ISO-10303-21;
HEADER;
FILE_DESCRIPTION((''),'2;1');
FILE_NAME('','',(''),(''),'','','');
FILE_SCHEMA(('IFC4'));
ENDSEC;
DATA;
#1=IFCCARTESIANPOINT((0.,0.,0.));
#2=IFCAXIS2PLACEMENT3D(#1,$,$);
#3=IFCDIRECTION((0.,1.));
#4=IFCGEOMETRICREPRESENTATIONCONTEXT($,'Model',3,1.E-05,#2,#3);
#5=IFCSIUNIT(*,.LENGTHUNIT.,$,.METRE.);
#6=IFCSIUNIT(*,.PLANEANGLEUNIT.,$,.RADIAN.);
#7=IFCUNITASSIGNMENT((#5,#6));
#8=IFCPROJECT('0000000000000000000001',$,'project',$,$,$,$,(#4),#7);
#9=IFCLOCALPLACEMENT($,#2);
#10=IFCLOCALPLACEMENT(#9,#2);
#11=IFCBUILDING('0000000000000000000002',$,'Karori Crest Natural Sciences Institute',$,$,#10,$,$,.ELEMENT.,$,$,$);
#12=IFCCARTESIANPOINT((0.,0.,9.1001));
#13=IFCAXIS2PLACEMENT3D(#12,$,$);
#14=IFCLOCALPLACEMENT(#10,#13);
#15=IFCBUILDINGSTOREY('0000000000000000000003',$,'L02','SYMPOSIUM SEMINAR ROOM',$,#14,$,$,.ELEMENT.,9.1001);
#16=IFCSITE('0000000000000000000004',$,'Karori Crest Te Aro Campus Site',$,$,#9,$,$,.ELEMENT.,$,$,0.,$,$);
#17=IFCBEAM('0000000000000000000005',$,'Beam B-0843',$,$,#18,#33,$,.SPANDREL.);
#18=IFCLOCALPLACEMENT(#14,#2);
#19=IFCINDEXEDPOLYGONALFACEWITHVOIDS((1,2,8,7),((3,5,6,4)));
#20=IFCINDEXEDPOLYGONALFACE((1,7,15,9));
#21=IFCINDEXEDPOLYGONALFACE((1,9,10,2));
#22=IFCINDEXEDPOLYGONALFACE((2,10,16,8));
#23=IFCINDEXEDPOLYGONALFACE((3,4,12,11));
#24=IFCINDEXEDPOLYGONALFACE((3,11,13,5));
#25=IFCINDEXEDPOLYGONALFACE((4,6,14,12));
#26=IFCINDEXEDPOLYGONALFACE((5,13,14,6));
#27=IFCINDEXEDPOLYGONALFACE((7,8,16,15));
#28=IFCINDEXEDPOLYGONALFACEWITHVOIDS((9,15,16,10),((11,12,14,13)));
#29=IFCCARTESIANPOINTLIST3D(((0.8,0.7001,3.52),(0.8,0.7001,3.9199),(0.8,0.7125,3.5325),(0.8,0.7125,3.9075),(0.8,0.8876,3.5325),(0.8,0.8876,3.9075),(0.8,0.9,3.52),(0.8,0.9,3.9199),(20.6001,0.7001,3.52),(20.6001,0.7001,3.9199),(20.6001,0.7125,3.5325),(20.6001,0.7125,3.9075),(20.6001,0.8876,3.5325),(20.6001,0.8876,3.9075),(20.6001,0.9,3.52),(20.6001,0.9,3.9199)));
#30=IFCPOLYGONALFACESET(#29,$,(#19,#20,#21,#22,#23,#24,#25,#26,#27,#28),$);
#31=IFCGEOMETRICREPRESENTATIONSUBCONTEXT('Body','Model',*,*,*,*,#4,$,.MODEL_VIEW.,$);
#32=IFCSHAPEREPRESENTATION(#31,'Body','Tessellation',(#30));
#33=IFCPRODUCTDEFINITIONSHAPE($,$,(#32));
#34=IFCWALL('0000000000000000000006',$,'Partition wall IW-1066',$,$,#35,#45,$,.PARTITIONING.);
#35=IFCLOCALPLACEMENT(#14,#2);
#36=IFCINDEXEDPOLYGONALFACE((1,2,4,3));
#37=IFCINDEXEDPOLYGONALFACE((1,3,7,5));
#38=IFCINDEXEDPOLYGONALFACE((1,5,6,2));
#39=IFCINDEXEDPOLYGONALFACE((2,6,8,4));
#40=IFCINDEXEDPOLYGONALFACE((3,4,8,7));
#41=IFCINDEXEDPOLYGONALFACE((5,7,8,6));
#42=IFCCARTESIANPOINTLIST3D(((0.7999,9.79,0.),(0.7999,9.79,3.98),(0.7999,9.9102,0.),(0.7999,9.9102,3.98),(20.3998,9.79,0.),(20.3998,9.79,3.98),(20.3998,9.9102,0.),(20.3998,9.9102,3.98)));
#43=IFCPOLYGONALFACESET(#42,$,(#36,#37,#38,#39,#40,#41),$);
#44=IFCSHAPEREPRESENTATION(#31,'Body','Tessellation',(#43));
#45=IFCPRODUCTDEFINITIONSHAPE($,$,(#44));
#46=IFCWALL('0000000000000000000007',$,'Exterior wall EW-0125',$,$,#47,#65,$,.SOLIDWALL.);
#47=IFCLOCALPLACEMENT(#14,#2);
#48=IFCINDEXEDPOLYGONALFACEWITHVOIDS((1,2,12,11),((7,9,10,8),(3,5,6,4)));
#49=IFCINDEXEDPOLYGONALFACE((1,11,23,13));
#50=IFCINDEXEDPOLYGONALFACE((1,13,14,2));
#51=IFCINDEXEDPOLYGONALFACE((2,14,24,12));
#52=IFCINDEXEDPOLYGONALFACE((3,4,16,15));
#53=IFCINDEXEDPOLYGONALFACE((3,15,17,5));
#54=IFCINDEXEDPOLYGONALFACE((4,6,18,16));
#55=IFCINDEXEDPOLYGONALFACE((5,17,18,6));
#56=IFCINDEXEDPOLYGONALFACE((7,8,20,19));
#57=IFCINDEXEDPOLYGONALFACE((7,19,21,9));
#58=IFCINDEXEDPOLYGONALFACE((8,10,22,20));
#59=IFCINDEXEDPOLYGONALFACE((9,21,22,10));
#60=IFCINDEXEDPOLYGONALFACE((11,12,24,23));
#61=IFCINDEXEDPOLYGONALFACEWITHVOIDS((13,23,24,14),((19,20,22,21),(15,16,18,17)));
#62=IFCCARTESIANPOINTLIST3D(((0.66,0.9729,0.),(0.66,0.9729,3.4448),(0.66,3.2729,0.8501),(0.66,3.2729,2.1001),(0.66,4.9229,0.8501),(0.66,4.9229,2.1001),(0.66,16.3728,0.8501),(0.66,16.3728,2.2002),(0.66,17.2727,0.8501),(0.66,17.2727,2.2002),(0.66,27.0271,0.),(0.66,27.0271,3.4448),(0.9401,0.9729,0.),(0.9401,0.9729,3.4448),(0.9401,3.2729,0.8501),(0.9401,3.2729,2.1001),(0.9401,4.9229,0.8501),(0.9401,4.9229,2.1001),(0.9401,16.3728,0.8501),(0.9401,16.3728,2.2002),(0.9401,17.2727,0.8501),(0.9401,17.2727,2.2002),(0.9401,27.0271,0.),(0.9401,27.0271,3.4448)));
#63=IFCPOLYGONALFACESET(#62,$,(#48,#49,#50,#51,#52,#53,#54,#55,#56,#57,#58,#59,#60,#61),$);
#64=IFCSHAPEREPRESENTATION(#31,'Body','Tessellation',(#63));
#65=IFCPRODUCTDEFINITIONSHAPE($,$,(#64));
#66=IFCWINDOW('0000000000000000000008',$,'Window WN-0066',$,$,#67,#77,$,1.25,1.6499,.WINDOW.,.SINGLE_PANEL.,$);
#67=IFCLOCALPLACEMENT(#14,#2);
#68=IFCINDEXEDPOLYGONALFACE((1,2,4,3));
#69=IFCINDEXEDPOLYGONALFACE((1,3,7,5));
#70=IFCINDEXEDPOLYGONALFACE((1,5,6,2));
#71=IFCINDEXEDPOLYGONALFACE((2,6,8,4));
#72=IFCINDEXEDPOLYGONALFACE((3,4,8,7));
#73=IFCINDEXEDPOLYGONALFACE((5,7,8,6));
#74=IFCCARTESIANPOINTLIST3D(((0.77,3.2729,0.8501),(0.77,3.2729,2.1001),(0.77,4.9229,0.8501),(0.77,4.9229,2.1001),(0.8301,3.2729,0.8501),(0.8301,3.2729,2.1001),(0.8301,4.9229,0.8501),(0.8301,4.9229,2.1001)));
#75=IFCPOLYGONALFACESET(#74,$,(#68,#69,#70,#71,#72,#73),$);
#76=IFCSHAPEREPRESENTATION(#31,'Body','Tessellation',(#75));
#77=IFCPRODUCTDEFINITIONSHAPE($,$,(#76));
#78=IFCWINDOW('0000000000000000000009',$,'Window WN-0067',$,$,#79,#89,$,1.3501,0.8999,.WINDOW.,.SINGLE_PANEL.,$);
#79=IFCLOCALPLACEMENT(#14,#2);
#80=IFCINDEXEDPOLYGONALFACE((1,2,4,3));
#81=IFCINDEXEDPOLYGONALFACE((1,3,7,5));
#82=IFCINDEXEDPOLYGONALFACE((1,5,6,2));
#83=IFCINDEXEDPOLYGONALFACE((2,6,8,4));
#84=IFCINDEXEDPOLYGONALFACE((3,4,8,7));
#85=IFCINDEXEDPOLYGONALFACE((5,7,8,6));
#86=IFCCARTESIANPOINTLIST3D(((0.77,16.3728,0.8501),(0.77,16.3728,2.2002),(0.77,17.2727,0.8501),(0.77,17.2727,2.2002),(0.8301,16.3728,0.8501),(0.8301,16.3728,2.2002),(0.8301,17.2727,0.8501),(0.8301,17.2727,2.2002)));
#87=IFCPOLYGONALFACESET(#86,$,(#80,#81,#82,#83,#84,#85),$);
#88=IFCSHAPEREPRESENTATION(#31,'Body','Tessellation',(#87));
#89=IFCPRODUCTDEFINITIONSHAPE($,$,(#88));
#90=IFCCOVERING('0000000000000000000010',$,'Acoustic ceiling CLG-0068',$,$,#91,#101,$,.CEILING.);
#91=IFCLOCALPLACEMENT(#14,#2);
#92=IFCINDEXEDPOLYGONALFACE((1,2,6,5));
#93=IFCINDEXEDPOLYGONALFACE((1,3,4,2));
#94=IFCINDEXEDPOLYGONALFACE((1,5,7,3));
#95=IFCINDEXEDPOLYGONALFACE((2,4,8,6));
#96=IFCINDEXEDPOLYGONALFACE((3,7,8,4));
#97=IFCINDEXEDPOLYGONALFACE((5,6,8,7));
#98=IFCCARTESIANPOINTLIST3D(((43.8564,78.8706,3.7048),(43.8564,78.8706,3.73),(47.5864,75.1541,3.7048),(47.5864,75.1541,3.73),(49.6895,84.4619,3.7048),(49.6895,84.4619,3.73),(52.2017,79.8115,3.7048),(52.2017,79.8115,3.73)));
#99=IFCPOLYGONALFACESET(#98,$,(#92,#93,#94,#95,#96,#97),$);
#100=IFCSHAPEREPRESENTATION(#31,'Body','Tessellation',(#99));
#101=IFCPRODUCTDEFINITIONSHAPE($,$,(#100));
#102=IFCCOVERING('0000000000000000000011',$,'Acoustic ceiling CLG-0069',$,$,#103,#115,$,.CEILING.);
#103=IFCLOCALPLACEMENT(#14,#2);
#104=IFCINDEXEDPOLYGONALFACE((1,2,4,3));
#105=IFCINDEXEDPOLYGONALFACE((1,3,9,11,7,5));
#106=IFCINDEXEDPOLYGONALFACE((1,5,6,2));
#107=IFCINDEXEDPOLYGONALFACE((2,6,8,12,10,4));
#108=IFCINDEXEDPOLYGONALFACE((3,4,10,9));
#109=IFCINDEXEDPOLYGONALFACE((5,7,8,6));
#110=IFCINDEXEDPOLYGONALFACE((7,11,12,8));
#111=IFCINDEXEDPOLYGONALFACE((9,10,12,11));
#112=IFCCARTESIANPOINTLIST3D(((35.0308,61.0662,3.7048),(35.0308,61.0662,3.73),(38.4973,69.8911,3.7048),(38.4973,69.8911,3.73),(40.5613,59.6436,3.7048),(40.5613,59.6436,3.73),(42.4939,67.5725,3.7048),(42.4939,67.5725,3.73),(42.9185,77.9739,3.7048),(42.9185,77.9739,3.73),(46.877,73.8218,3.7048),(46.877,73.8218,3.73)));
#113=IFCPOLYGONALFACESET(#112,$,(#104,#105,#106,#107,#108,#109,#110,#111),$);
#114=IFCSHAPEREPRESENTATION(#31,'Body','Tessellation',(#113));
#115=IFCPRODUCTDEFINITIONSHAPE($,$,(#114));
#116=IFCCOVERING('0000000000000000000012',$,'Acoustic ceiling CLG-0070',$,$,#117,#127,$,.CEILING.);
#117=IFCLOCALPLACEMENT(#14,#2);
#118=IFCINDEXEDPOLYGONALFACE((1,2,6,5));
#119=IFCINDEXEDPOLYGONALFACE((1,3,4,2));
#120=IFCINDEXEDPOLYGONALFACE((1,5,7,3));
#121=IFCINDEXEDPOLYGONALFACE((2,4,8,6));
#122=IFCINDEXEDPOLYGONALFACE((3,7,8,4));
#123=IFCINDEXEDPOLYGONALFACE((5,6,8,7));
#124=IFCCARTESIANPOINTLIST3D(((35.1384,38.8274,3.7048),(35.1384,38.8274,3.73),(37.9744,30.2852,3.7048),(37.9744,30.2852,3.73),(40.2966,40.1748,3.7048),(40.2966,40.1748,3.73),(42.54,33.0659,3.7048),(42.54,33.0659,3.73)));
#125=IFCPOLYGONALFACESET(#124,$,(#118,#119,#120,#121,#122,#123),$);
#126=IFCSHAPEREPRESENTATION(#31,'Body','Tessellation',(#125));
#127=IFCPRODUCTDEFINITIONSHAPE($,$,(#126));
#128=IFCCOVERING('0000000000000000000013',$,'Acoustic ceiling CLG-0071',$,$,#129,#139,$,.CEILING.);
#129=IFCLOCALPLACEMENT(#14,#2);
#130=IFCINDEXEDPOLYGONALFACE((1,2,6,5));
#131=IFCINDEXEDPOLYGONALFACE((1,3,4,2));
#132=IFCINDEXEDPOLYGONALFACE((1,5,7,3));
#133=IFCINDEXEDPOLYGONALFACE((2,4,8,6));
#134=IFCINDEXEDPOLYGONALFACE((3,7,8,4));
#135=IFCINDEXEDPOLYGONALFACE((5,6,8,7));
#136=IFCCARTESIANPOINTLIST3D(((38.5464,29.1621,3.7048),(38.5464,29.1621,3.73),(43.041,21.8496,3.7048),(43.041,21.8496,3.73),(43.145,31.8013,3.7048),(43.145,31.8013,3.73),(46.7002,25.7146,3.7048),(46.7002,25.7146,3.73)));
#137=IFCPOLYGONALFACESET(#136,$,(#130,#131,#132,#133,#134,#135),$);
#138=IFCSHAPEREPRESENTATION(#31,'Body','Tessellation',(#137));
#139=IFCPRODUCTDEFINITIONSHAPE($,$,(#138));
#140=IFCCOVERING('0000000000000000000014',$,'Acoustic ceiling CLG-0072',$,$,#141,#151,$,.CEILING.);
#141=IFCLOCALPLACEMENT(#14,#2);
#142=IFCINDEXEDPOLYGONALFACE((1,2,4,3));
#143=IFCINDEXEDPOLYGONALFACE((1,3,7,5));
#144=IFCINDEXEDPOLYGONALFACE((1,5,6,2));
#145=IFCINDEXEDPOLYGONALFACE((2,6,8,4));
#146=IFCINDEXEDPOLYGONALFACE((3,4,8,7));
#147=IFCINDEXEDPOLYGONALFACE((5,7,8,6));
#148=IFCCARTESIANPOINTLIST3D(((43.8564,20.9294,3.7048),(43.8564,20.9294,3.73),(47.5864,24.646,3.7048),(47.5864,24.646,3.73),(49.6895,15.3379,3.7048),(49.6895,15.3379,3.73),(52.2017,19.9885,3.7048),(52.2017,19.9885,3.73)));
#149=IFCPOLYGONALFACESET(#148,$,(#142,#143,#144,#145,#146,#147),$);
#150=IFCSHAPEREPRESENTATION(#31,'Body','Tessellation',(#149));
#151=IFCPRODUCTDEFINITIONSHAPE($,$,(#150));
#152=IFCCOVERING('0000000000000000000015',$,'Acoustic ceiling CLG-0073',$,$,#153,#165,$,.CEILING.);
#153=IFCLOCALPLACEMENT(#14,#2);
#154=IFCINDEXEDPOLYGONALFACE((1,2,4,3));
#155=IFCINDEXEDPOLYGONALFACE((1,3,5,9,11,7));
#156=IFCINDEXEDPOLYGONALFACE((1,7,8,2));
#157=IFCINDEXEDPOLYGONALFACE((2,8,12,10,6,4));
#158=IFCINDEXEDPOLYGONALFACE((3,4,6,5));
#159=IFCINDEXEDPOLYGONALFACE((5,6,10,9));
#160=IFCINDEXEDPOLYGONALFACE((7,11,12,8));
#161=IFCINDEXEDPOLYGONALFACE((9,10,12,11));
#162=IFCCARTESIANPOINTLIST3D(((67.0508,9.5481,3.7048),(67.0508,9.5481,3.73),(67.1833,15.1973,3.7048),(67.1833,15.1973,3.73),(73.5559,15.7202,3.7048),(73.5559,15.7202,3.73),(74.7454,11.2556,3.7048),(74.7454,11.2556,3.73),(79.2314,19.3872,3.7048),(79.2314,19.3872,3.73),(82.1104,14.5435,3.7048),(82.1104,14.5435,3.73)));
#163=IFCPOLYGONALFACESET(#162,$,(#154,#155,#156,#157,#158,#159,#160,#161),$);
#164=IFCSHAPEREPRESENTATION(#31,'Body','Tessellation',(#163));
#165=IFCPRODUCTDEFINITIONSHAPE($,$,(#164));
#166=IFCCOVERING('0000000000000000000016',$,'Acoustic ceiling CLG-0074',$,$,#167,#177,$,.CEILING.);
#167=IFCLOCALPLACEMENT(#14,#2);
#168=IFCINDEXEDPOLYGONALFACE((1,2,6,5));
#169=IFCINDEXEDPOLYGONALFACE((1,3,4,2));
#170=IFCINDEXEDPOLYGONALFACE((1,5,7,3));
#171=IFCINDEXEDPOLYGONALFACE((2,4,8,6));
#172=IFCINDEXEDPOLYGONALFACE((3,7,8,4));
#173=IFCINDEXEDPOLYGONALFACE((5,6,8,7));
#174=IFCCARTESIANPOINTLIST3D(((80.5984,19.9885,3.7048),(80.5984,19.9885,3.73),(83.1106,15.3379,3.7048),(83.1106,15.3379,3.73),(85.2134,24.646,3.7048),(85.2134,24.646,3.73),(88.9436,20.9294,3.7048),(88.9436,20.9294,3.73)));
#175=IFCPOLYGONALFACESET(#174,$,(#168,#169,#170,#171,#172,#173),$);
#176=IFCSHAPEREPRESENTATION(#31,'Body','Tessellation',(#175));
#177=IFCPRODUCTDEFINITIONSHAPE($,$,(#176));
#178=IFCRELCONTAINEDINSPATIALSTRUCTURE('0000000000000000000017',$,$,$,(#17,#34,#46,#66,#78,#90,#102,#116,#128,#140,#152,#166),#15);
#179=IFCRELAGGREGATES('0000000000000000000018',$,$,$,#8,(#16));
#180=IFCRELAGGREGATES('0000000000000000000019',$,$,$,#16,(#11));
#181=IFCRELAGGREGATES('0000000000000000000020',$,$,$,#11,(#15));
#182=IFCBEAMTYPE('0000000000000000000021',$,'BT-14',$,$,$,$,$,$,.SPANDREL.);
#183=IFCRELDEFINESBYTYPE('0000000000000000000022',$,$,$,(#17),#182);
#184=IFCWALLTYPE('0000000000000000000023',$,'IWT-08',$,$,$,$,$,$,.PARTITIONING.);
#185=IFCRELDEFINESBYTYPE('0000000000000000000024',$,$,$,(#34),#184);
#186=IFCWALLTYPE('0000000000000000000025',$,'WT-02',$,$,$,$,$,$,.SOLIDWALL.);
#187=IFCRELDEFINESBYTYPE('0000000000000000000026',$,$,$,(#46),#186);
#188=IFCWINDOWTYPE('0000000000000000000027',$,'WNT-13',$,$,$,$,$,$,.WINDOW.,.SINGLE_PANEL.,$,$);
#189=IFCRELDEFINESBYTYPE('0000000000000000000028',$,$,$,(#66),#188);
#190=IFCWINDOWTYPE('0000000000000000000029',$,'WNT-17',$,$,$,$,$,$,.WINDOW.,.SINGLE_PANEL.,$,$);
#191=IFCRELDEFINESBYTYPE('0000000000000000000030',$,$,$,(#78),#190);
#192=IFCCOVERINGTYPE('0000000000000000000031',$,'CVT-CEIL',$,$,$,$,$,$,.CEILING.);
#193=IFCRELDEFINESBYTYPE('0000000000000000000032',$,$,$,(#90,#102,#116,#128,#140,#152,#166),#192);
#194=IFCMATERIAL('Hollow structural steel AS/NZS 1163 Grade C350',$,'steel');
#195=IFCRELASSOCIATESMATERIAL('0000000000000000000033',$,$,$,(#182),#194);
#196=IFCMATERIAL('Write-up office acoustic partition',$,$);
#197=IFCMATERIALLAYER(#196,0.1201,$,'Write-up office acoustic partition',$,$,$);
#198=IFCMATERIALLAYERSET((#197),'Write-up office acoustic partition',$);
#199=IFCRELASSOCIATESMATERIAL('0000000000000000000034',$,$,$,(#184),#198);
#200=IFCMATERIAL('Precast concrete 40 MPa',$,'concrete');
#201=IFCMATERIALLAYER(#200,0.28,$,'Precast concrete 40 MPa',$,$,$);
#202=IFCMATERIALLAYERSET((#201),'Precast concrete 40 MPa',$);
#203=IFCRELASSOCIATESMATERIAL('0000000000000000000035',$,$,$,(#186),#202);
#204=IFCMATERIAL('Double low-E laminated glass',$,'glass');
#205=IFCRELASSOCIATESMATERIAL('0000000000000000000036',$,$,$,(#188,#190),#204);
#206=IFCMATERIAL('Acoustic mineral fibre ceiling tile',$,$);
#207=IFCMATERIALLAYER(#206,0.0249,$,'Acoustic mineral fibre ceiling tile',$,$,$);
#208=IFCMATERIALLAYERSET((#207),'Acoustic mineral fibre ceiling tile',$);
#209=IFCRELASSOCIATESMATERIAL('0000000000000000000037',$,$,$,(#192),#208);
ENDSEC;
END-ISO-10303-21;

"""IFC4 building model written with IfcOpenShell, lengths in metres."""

from ifc_helpers import new_model, si_unit, direction, frame, frame_2d, origin, origin_2d, place, context, subcontext, project, spatial, polyline, rectangle, hollow_rectangle, outline, extrude, material, layer, layer_set, material_profile, profile_set, type_object, element, fill, save


model = new_model("IFC4")

# Units and contexts
model_context = context("Model", 3, precision=1e-05, world=origin(), true_north=direction((0.0, 1.0)))
body_context = subcontext(model_context, "Body", "Model", "MODEL_VIEW")
ifc_project = project(units=[si_unit("LENGTHUNIT", "METRE"), si_unit("PLANEANGLEUNIT", "RADIAN")], contexts=[model_context])

# Site, building, storey
site_placement = place(None, origin())
site = spatial("IfcSite", under=ifc_project, at=site_placement, Name="Karori Crest Te Aro Campus Site", CompositionType="ELEMENT", RefElevation=0.0)
building_placement = place(site_placement, origin())
building = spatial("IfcBuilding", under=site, at=building_placement, Name="Karori Crest Natural Sciences Institute", CompositionType="ELEMENT")
storey_placement = place(building_placement, frame((0.0, 0.0, 9.1001)))
storey = spatial("IfcBuildingStorey", under=building, at=storey_placement, Name="L02", Description="SYMPOSIUM SEMINAR ROOM", CompositionType="ELEMENT", Elevation=9.1001)

# Beam
ifc_material_1 = material(Name="Hollow structural steel AS/NZS 1163 Grade C350", Category="steel")
ifc_material_profile_1 = material_profile(ifc_material_1, hollow_rectangle(XDim=0.2, YDim=0.3999, WallThickness=0.0125, at=origin_2d()), Name="RHS400x200x12.5")
ifc_profile_set_1 = profile_set([ifc_material_profile_1], Name="Hollow structural steel AS/NZS 1163 Grade C350")
beam_type_1 = type_object("IfcBeamType", Name="BT-14", PredefinedType="SPANDREL", material=ifc_profile_set_1)
beam_1_placement = place(storey_placement, frame((0.8, 0.8, 3.72), z_axis=(1.0, 0.0, 0.0), x_axis=(0.0, 1.0, 0.0)))
element("IfcBeam", 1, at=beam_1_placement, inside=storey, type_object=beam_type_1, Name="Beam B-0843", PredefinedType="SPANDREL", context=body_context, shape_type="SweptSolid", body=[
    extrude(hollow_rectangle(XDim=0.2, YDim=0.3999, WallThickness=0.0125, at=origin_2d()), origin(), (0.0, 0.0, 1.0), 19.8),
])

# Wall
ifc_material_2 = material(Name="Write-up office acoustic partition")
ifc_layer_1 = layer(ifc_material_2, 0.1201, Name="Write-up office acoustic partition")
ifc_layer_set_1 = layer_set([ifc_layer_1], Name="Write-up office acoustic partition")
wall_type_1 = type_object("IfcWallType", Name="IWT-08", PredefinedType="PARTITIONING", material=ifc_layer_set_1)
wall_1_placement = place(storey_placement, frame((0.8, 9.8501, 0.0), z_axis=(0.0, 0.0, 1.0), x_axis=(1.0, 0.0, 0.0)))
element("IfcWall", 2, at=wall_1_placement, inside=storey, type_object=wall_type_1, Name="Partition wall IW-1066", PredefinedType="PARTITIONING", context=body_context, shape_type="SweptSolid", body=[
    extrude(rectangle(XDim=19.5999, YDim=0.1201, at=frame_2d((9.7998, 0.0))), origin(), (0.0, 0.0, 1.0), 3.98),
])

# Wall, openings, windows
ifc_material_3 = material(Name="Precast concrete 40 MPa", Category="concrete")
ifc_layer_2 = layer(ifc_material_3, 0.28, Name="Precast concrete 40 MPa")
ifc_layer_set_2 = layer_set([ifc_layer_2], Name="Precast concrete 40 MPa")
wall_type_2 = type_object("IfcWallType", Name="WT-02", PredefinedType="SOLIDWALL", material=ifc_layer_set_2)
wall_2_placement = place(storey_placement, frame((0.8, 0.9729, 0.0), z_axis=(0.0, 0.0, 1.0), x_axis=(0.0, 1.0, 0.0)))
wall_2 = element("IfcWall", 3, at=wall_2_placement, inside=storey, type_object=wall_type_2, Name="Exterior wall EW-0125", PredefinedType="SOLIDWALL", context=body_context, shape_type="SweptSolid", body=[
    extrude(rectangle(XDim=26.0542, YDim=0.28, at=frame_2d((13.0271, 0.0))), origin(), (0.0, 0.0, 1.0), 3.4448),
])
opening_1_placement = place(wall_2_placement, frame((2.3, 0.0, 0.8501)))
opening_1 = element("IfcOpeningElement", 4, at=opening_1_placement, cuts=wall_2, PredefinedType="OPENING", context=body_context, shape_type="SweptSolid", body=[
    extrude(rectangle(XDim=1.6499, YDim=1.25, at=frame_2d((0.825, 0.625))), frame((0.0, 0.1499, 0.0), z_axis=(0.0, -1.0, 0.0), x_axis=(1.0, 0.0, 0.0)), (0.0, 0.0, 1.0), 0.3),
])
opening_2_placement = place(wall_2_placement, frame((15.3999, 0.0, 0.8501)))
opening_2 = element("IfcOpeningElement", 5, at=opening_2_placement, cuts=wall_2, PredefinedType="OPENING", context=body_context, shape_type="SweptSolid", body=[
    extrude(rectangle(XDim=0.8999, YDim=1.3501, at=frame_2d((0.45, 0.675))), frame((0.0, 0.1499, 0.0), z_axis=(0.0, -1.0, 0.0), x_axis=(1.0, 0.0, 0.0)), (0.0, 0.0, 1.0), 0.3),
])
ifc_material_4 = material(Name="Double low-E laminated glass", Category="glass")
window_type_1 = type_object("IfcWindowType", Name="WNT-13", PartitioningType="SINGLE_PANEL", PredefinedType="WINDOW", material=ifc_material_4)
window_1_placement = place(opening_1_placement, origin())
window_1 = element("IfcWindow", 6, at=window_1_placement, inside=storey, type_object=window_type_1, Name="Window WN-0066", OverallHeight=1.25, OverallWidth=1.6499, PartitioningType="SINGLE_PANEL", PredefinedType="WINDOW", context=body_context, shape_type="SweptSolid", body=[
    extrude(rectangle(XDim=1.6499, YDim=1.25, at=frame_2d((0.825, 0.625))), frame((0.0, 0.03, 0.0), z_axis=(0.0, -1.0, 0.0), x_axis=(1.0, 0.0, 0.0)), (0.0, 0.0, 1.0), 0.0601),
])
fill(opening_1, window_1)
window_type_2 = type_object("IfcWindowType", Name="WNT-17", PartitioningType="SINGLE_PANEL", PredefinedType="WINDOW", material=ifc_material_4)
window_2_placement = place(opening_2_placement, origin())
window_2 = element("IfcWindow", 7, at=window_2_placement, inside=storey, type_object=window_type_2, Name="Window WN-0067", OverallHeight=1.3501, OverallWidth=0.8999, PartitioningType="SINGLE_PANEL", PredefinedType="WINDOW", context=body_context, shape_type="SweptSolid", body=[
    extrude(rectangle(XDim=0.8999, YDim=1.3501, at=frame_2d((0.45, 0.675))), frame((0.0, 0.03, 0.0), z_axis=(0.0, -1.0, 0.0), x_axis=(1.0, 0.0, 0.0)), (0.0, 0.0, 1.0), 0.0601),
])
fill(opening_2, window_2)

# Coverings
ifc_material_5 = material(Name="Acoustic mineral fibre ceiling tile")
ifc_layer_3 = layer(ifc_material_5, 0.0249, Name="Acoustic mineral fibre ceiling tile")
ifc_layer_set_3 = layer_set([ifc_layer_3], Name="Acoustic mineral fibre ceiling tile")
covering_type = type_object("IfcCoveringType", Name="CVT-CEIL", PredefinedType="CEILING", material=ifc_layer_set_3)
covering_1_placement = place(storey_placement, frame((0.0, 0.0, 3.7048)))
element("IfcCovering", 8, at=covering_1_placement, inside=storey, type_object=covering_type, Name="Acoustic ceiling CLG-0068", PredefinedType="CEILING", context=body_context, shape_type="SweptSolid", body=[
    extrude(outline(polyline([(47.5864, 75.1541), (52.2017, 79.8115), (49.6895, 84.4619), (43.8564, 78.8706), (47.5864, 75.1541)])), origin(), (0.0, 0.0, 1.0), 0.0251),
])
covering_2_placement = place(storey_placement, frame((0.0, 0.0, 3.7048)))
element("IfcCovering", 9, at=covering_2_placement, inside=storey, type_object=covering_type, Name="Acoustic ceiling CLG-0069", PredefinedType="CEILING", context=body_context, shape_type="SweptSolid", body=[
    extrude(outline(polyline([(42.4939, 67.5725), (46.877, 73.8218), (42.9185, 77.9739), (38.4973, 69.8911), (35.0308, 61.0662), (40.5613, 59.6436), (42.4939, 67.5725)])), origin(), (0.0, 0.0, 1.0), 0.0251),
])
covering_3_placement = place(storey_placement, frame((0.0, 0.0, 3.7048)))
element("IfcCovering", 10, at=covering_3_placement, inside=storey, type_object=covering_type, Name="Acoustic ceiling CLG-0070", PredefinedType="CEILING", context=body_context, shape_type="SweptSolid", body=[
    extrude(outline(polyline([(42.54, 33.0659), (40.2966, 40.1748), (35.1384, 38.8274), (37.9744, 30.2852), (42.54, 33.0659)])), origin(), (0.0, 0.0, 1.0), 0.0251),
])
covering_4_placement = place(storey_placement, frame((0.0, 0.0, 3.7048)))
element("IfcCovering", 11, at=covering_4_placement, inside=storey, type_object=covering_type, Name="Acoustic ceiling CLG-0071", PredefinedType="CEILING", context=body_context, shape_type="SweptSolid", body=[
    extrude(outline(polyline([(46.7002, 25.7146), (43.145, 31.8013), (38.5464, 29.1621), (43.041, 21.8496), (46.7002, 25.7146)])), origin(), (0.0, 0.0, 1.0), 0.0251),
])
covering_5_placement = place(storey_placement, frame((0.0, 0.0, 3.7048)))
element("IfcCovering", 12, at=covering_5_placement, inside=storey, type_object=covering_type, Name="Acoustic ceiling CLG-0072", PredefinedType="CEILING", context=body_context, shape_type="SweptSolid", body=[
    extrude(outline(polyline([(52.2017, 19.9885), (47.5864, 24.646), (43.8564, 20.9294), (49.6895, 15.3379), (52.2017, 19.9885)])), origin(), (0.0, 0.0, 1.0), 0.0251),
])
covering_6_placement = place(storey_placement, frame((0.0, 0.0, 3.7048)))
element("IfcCovering", 13, at=covering_6_placement, inside=storey, type_object=covering_type, Name="Acoustic ceiling CLG-0073", PredefinedType="CEILING", context=body_context, shape_type="SweptSolid", body=[
    extrude(outline(polyline([(73.5559, 15.7202), (67.1833, 15.1973), (67.0508, 9.5481), (74.7454, 11.2556), (82.1104, 14.5435), (79.2314, 19.3872), (73.5559, 15.7202)])), origin(), (0.0, 0.0, 1.0), 0.0251),
])
covering_7_placement = place(storey_placement, frame((0.0, 0.0, 3.7048)))
element("IfcCovering", 14, at=covering_7_placement, inside=storey, type_object=covering_type, Name="Acoustic ceiling CLG-0074", PredefinedType="CEILING", context=body_context, shape_type="SweptSolid", body=[
    extrude(outline(polyline([(85.2134, 24.646), (80.5984, 19.9885), (83.1106, 15.3379), (88.9436, 20.9294), (85.2134, 24.646)])), origin(), (0.0, 0.0, 1.0), 0.0251),
])

save(model, "model.ifc")
